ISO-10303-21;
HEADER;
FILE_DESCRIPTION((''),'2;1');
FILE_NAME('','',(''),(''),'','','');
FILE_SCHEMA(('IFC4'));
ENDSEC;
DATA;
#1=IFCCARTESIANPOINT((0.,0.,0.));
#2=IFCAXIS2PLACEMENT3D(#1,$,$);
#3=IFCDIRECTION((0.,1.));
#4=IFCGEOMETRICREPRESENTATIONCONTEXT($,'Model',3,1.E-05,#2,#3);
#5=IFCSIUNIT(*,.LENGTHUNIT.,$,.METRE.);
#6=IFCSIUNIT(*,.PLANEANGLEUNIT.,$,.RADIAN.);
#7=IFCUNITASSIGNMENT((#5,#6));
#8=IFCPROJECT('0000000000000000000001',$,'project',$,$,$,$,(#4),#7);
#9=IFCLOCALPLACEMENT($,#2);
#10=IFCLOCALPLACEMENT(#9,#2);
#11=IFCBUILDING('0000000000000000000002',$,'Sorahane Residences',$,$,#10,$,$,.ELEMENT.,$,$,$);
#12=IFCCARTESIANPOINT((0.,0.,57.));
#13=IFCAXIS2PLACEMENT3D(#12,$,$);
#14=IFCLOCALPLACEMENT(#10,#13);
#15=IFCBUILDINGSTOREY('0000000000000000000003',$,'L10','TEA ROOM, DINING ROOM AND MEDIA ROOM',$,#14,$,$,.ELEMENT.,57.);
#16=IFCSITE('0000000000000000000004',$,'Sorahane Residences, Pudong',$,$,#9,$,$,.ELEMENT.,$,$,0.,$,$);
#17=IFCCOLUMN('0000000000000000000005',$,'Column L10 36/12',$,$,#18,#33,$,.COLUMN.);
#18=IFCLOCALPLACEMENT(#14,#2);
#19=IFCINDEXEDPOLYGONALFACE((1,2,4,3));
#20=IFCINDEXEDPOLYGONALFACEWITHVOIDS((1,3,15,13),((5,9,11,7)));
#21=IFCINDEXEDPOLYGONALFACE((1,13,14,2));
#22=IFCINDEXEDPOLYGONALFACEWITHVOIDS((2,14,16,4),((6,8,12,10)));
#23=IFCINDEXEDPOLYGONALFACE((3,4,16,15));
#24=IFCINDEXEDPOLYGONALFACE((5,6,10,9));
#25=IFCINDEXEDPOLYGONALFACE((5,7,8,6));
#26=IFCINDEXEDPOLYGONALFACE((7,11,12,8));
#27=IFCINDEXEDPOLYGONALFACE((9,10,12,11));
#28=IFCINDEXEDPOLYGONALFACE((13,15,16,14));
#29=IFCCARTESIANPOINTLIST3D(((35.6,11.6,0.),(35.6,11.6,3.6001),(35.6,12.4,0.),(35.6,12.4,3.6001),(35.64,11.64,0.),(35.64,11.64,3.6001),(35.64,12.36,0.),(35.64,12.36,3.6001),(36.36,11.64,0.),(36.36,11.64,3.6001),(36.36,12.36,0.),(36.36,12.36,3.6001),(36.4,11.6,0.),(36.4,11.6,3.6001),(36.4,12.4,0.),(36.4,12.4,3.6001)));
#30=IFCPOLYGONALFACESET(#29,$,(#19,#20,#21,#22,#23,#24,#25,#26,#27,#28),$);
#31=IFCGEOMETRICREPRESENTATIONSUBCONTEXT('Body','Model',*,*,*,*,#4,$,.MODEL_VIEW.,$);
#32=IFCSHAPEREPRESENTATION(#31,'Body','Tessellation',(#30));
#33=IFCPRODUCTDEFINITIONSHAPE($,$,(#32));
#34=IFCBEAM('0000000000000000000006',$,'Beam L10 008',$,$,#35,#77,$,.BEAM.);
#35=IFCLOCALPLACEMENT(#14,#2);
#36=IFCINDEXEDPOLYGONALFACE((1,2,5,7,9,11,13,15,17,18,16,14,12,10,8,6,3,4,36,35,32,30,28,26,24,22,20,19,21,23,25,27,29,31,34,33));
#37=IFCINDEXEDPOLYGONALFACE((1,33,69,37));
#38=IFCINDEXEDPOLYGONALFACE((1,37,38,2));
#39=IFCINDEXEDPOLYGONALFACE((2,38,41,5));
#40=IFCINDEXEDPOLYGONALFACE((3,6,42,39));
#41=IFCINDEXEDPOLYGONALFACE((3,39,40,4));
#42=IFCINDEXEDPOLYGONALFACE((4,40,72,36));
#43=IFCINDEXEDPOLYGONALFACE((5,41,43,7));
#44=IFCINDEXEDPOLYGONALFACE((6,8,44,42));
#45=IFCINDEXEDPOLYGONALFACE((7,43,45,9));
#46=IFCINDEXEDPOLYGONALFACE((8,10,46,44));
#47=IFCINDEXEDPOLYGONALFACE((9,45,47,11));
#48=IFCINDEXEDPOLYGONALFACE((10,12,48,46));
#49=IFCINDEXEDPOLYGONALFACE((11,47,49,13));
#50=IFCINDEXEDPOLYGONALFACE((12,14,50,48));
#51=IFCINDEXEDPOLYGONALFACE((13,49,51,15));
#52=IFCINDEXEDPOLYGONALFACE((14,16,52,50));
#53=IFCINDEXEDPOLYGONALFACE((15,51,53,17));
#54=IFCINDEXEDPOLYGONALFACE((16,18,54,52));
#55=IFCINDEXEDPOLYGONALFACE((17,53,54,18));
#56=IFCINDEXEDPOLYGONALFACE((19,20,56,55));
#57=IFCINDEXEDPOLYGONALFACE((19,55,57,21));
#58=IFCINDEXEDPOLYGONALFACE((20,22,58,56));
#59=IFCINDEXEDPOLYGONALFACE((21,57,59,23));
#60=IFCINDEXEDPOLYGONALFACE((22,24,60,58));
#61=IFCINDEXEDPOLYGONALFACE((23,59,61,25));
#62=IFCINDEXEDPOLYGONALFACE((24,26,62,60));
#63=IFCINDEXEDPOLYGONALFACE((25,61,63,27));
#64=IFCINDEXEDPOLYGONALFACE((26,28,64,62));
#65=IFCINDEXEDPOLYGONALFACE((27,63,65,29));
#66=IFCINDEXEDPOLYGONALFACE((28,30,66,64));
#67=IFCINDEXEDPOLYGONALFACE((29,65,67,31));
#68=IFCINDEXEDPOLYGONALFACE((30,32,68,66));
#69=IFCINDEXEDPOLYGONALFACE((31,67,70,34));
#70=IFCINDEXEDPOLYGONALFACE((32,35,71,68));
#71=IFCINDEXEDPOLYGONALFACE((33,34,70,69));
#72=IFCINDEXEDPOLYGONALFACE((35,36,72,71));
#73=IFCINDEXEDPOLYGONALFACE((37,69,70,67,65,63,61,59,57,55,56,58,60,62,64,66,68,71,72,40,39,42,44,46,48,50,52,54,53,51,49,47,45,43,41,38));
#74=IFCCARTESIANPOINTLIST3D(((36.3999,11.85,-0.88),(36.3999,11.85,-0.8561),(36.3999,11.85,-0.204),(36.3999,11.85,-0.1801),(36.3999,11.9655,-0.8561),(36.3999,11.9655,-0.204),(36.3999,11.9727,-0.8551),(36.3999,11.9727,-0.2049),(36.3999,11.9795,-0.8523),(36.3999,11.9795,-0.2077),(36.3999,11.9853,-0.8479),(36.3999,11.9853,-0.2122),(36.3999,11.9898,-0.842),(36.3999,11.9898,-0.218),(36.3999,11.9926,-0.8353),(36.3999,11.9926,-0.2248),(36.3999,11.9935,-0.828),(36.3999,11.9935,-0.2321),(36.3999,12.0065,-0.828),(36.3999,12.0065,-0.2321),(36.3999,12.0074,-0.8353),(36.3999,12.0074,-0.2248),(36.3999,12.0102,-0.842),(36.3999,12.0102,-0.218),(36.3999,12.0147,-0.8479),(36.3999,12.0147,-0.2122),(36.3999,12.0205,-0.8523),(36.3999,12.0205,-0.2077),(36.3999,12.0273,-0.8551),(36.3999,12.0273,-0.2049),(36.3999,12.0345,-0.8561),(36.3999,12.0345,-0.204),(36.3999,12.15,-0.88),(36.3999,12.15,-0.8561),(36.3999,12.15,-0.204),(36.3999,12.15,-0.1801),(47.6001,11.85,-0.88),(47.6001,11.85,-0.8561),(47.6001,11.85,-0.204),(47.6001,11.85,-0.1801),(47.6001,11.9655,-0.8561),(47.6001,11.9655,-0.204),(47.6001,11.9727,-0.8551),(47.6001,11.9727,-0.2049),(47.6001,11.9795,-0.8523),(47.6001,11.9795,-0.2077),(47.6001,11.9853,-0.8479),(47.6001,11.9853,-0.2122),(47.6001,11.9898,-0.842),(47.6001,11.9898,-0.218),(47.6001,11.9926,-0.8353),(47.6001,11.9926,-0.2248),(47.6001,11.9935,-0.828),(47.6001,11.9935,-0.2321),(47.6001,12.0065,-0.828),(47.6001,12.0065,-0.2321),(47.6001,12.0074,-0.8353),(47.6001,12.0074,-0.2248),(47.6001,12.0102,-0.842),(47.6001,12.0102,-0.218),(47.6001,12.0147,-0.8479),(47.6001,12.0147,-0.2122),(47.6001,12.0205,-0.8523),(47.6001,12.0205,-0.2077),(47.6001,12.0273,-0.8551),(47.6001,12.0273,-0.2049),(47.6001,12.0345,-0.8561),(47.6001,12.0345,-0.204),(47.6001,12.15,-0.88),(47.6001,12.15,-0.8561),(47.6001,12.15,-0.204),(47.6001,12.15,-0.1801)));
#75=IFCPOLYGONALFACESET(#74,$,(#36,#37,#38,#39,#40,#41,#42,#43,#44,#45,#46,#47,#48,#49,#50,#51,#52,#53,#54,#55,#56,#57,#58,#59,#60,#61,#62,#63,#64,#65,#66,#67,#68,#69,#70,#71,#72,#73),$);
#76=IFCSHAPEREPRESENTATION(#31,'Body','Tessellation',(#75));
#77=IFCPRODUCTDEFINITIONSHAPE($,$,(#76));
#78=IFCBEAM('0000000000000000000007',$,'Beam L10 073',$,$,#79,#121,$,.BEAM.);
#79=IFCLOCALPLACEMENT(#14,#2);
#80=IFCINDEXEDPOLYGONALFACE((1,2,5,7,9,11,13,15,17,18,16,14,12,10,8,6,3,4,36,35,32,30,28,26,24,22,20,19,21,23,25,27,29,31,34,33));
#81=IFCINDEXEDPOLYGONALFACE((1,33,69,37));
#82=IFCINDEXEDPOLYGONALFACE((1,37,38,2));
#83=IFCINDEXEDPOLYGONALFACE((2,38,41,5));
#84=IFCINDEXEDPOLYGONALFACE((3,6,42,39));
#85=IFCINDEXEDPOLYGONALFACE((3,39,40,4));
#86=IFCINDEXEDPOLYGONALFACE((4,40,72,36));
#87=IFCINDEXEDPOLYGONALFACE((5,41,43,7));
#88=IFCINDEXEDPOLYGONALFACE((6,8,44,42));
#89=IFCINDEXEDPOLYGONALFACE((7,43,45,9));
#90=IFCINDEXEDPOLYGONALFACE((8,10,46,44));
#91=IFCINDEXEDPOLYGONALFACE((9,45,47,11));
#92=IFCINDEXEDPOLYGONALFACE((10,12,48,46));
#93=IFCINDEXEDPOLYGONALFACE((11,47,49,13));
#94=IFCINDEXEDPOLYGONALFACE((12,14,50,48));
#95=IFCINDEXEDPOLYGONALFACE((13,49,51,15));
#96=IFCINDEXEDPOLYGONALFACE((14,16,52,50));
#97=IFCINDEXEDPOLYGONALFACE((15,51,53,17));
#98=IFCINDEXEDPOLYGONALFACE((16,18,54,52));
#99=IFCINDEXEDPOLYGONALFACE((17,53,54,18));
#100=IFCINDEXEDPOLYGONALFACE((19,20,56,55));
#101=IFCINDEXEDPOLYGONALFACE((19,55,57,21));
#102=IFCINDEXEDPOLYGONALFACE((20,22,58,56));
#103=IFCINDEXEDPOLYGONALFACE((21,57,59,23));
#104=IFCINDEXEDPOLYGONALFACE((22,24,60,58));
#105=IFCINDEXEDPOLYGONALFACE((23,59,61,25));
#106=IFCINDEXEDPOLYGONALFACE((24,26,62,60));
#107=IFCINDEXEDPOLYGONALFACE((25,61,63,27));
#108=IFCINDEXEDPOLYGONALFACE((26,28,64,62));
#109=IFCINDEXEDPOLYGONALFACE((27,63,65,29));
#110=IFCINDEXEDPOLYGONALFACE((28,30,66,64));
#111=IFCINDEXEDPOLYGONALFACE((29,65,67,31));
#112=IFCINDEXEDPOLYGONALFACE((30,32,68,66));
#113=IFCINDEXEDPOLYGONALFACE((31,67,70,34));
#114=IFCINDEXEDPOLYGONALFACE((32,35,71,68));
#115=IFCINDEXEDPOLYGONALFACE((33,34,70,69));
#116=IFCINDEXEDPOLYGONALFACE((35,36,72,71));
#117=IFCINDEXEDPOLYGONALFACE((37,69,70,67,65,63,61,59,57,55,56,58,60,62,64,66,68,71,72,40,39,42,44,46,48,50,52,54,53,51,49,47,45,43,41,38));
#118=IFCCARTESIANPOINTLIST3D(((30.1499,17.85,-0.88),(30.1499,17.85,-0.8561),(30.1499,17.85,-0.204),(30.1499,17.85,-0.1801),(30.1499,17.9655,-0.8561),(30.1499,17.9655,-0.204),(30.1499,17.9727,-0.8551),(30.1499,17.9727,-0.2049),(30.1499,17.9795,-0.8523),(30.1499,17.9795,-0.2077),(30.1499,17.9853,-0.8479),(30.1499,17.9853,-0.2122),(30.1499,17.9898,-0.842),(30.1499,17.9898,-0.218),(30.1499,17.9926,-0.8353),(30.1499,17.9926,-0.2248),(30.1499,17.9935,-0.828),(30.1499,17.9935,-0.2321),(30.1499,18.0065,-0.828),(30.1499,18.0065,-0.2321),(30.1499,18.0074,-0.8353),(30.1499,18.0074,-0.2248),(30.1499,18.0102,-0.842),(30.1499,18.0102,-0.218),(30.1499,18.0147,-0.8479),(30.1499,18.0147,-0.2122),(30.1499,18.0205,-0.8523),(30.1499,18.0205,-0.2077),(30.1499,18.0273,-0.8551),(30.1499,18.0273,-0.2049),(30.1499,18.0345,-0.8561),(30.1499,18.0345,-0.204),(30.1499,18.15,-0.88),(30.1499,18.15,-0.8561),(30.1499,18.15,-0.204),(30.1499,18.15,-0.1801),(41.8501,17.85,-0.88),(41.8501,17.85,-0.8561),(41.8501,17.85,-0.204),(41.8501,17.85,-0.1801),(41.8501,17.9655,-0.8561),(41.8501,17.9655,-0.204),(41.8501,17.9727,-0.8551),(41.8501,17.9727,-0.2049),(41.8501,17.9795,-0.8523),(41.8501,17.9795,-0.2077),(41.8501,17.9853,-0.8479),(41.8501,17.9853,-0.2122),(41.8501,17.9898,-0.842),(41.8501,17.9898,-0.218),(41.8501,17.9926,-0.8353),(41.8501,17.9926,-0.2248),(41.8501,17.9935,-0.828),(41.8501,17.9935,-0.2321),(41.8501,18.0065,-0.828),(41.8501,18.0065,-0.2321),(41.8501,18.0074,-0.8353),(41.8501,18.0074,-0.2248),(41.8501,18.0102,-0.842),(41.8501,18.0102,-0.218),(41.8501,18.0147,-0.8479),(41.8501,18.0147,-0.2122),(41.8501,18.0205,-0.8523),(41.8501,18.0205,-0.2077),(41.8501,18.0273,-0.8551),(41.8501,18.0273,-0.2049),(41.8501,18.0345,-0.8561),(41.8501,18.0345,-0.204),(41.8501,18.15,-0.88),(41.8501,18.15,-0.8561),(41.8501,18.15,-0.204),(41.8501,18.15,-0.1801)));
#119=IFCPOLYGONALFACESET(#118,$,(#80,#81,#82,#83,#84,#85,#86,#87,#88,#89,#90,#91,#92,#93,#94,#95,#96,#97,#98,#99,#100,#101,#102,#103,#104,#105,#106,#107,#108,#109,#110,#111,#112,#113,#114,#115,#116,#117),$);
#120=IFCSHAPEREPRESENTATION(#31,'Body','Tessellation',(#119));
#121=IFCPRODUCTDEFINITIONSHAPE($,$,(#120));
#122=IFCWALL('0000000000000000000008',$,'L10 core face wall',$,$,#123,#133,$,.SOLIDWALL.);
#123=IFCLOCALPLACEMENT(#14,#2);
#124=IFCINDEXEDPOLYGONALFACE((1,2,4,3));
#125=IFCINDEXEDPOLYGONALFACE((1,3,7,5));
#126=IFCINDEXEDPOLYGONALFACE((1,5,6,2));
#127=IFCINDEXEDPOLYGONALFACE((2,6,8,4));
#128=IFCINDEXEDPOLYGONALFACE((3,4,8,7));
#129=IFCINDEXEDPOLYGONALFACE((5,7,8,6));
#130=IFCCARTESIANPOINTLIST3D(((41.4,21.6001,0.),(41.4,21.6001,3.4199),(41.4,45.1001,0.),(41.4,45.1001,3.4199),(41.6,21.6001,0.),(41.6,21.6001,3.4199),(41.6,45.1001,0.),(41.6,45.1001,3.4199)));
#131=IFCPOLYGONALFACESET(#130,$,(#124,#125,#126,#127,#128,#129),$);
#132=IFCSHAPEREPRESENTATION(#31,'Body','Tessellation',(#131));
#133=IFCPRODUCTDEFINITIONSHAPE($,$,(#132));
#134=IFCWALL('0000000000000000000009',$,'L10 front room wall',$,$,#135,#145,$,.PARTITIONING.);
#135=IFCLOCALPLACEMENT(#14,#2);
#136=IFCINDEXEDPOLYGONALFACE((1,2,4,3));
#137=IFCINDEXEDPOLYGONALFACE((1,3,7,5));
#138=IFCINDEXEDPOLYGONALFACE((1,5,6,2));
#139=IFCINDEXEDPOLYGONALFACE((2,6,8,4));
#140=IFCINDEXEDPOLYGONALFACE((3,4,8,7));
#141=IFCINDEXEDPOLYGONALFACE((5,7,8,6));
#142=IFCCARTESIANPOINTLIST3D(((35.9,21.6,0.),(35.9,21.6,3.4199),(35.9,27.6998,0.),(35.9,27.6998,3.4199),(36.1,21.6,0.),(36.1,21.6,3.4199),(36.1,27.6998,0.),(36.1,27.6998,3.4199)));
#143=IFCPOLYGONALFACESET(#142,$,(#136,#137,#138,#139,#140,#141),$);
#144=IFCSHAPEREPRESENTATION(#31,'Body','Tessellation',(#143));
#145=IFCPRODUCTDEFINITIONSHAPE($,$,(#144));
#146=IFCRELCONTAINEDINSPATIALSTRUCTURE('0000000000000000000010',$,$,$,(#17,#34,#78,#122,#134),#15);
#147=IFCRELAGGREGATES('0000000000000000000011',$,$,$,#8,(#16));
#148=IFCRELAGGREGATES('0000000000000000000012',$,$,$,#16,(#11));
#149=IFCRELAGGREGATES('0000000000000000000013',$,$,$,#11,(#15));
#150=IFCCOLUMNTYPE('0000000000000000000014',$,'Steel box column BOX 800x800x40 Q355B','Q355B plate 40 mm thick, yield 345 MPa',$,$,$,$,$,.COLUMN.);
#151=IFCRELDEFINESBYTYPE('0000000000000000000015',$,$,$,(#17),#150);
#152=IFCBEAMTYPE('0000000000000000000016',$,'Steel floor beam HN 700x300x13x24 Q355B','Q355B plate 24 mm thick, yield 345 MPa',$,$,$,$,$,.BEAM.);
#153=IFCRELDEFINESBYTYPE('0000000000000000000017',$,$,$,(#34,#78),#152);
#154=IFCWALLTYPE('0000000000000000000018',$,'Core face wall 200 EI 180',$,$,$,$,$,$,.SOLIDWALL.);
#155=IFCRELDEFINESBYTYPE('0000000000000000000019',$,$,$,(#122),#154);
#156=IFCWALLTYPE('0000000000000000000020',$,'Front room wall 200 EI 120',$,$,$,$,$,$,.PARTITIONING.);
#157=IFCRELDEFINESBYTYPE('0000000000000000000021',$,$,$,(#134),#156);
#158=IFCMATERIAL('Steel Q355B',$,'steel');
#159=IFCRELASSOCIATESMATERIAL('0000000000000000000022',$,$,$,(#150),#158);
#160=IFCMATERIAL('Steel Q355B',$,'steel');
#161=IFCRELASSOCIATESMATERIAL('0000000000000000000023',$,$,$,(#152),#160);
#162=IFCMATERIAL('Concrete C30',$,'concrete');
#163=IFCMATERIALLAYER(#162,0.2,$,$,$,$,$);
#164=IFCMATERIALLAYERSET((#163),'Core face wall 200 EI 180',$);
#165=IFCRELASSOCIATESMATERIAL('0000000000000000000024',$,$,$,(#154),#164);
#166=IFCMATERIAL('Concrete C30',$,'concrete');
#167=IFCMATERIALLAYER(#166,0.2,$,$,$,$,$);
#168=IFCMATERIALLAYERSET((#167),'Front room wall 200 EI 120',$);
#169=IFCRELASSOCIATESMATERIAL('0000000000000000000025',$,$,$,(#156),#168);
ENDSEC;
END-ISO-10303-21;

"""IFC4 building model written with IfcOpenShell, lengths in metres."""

from ifc_helpers import new_model, si_unit, direction, frame, frame_2d, origin, origin_2d, place, context, subcontext, project, spatial, rectangle, hollow_rectangle, i_section, extrude, material, layer, layer_set, material_profile, profile_set, type_object, element, save


model = new_model("IFC4")

# Units and contexts
model_context = context("Model", 3, precision=1e-05, world=origin(), true_north=direction((0.0, 1.0)))
body_context = subcontext(model_context, "Body", "Model", "MODEL_VIEW")
ifc_project = project(units=[si_unit("LENGTHUNIT", "METRE"), si_unit("PLANEANGLEUNIT", "RADIAN")], contexts=[model_context])

# Site, building, storey
site_placement = place(None, origin())
site = spatial("IfcSite", under=ifc_project, at=site_placement, Name="Sorahane Residences, Pudong", CompositionType="ELEMENT", RefElevation=0.0)
building_placement = place(site_placement, origin())
building = spatial("IfcBuilding", under=site, at=building_placement, Name="Sorahane Residences", CompositionType="ELEMENT")
storey_placement = place(building_placement, frame((0.0, 0.0, 57.0)))
storey = spatial("IfcBuildingStorey", under=building, at=storey_placement, Name="L10", Description="TEA ROOM, DINING ROOM AND MEDIA ROOM", CompositionType="ELEMENT", Elevation=57.0)

# Column
ifc_material_1 = material(Name="Steel Q355B", Category="steel")
ifc_material_profile_1 = material_profile(ifc_material_1, hollow_rectangle(XDim=0.8, YDim=0.8, WallThickness=0.04, at=origin_2d()), Name="BOX 800x800x40")
ifc_profile_set_1 = profile_set([ifc_material_profile_1], Name="Steel Q355B")
column_type = type_object("IfcColumnType", Name="Steel box column BOX 800x800x40 Q355B", Description="Q355B plate 40 mm thick, yield 345 MPa", PredefinedType="COLUMN", material=ifc_profile_set_1)
column_placement = place(storey_placement, frame((36.0, 12.0, 0.0), z_axis=(0.0, 0.0, 1.0), x_axis=(1.0, 0.0, 0.0)))
element("IfcColumn", 1, at=column_placement, inside=storey, type_object=column_type, Name="Column L10 36/12", PredefinedType="COLUMN", context=body_context, shape_type="SweptSolid", body=[
    extrude(hollow_rectangle(XDim=0.8, YDim=0.8, WallThickness=0.04, at=origin_2d()), origin(), (0.0, 0.0, 1.0), 3.6001),
])

# Beams
ifc_material_2 = material(Name="Steel Q355B", Category="steel")
ifc_material_profile_2 = material_profile(ifc_material_2, i_section(OverallWidth=0.3, OverallDepth=0.7, WebThickness=0.0129, FlangeThickness=0.0239, FilletRadius=0.0281, at=origin_2d()), Name="HN 700x300x13x24")
ifc_profile_set_2 = profile_set([ifc_material_profile_2], Name="Steel Q355B")
beam_type = type_object("IfcBeamType", Name="Steel floor beam HN 700x300x13x24 Q355B", Description="Q355B plate 24 mm thick, yield 345 MPa", PredefinedType="BEAM", material=ifc_profile_set_2)
beam_1_placement = place(storey_placement, frame((36.3999, 12.0, -0.53), z_axis=(1.0, 0.0, 0.0), x_axis=(0.0, 1.0, 0.0)))
element("IfcBeam", 2, at=beam_1_placement, inside=storey, type_object=beam_type, Name="Beam L10 008", PredefinedType="BEAM", context=body_context, shape_type="SweptSolid", body=[
    extrude(i_section(OverallWidth=0.3, OverallDepth=0.7, WebThickness=0.0129, FlangeThickness=0.0239, FilletRadius=0.0281, at=origin_2d()), origin(), (0.0, 0.0, 1.0), 11.2002),
])
beam_2_placement = place(storey_placement, frame((30.1499, 18.0, -0.53), z_axis=(1.0, 0.0, 0.0), x_axis=(0.0, 1.0, 0.0)))
element("IfcBeam", 3, at=beam_2_placement, inside=storey, type_object=beam_type, Name="Beam L10 073", PredefinedType="BEAM", context=body_context, shape_type="SweptSolid", body=[
    extrude(i_section(OverallWidth=0.3, OverallDepth=0.7, WebThickness=0.0129, FlangeThickness=0.0239, FilletRadius=0.0281, at=origin_2d()), origin(), (0.0, 0.0, 1.0), 11.7002),
])

# Walls
ifc_material_3 = material(Name="Concrete C30", Category="concrete")
ifc_layer_1 = layer(ifc_material_3, 0.2)
ifc_layer_set_1 = layer_set([ifc_layer_1], Name="Core face wall 200 EI 180")
wall_type_1 = type_object("IfcWallType", Name="Core face wall 200 EI 180", PredefinedType="SOLIDWALL", material=ifc_layer_set_1)
wall_1_placement = place(storey_placement, frame((41.5, 21.6001, 0.0), z_axis=(0.0, 0.0, 1.0), x_axis=(0.0, 1.0, 0.0)))
element("IfcWall", 4, at=wall_1_placement, inside=storey, type_object=wall_type_1, Name="L10 core face wall", PredefinedType="SOLIDWALL", context=body_context, shape_type="SweptSolid", body=[
    extrude(rectangle(XDim=23.5, YDim=0.2, at=frame_2d((11.75, 0.0))), origin(), (0.0, 0.0, 1.0), 3.4199),
])
ifc_material_4 = material(Name="Concrete C30", Category="concrete")
ifc_layer_2 = layer(ifc_material_4, 0.2)
ifc_layer_set_2 = layer_set([ifc_layer_2], Name="Front room wall 200 EI 120")
wall_type_2 = type_object("IfcWallType", Name="Front room wall 200 EI 120", PredefinedType="PARTITIONING", material=ifc_layer_set_2)
wall_2_placement = place(storey_placement, frame((36.0, 21.6001, 0.0), z_axis=(0.0, 0.0, 1.0), x_axis=(0.0, 1.0, 0.0)))
element("IfcWall", 5, at=wall_2_placement, inside=storey, type_object=wall_type_2, Name="L10 front room wall", PredefinedType="PARTITIONING", context=body_context, shape_type="SweptSolid", body=[
    extrude(rectangle(XDim=6.0999, YDim=0.2, at=frame_2d((3.0498, 0.0))), origin(), (0.0, 0.0, 1.0), 3.4199),
])

save(model, "model.ifc")
